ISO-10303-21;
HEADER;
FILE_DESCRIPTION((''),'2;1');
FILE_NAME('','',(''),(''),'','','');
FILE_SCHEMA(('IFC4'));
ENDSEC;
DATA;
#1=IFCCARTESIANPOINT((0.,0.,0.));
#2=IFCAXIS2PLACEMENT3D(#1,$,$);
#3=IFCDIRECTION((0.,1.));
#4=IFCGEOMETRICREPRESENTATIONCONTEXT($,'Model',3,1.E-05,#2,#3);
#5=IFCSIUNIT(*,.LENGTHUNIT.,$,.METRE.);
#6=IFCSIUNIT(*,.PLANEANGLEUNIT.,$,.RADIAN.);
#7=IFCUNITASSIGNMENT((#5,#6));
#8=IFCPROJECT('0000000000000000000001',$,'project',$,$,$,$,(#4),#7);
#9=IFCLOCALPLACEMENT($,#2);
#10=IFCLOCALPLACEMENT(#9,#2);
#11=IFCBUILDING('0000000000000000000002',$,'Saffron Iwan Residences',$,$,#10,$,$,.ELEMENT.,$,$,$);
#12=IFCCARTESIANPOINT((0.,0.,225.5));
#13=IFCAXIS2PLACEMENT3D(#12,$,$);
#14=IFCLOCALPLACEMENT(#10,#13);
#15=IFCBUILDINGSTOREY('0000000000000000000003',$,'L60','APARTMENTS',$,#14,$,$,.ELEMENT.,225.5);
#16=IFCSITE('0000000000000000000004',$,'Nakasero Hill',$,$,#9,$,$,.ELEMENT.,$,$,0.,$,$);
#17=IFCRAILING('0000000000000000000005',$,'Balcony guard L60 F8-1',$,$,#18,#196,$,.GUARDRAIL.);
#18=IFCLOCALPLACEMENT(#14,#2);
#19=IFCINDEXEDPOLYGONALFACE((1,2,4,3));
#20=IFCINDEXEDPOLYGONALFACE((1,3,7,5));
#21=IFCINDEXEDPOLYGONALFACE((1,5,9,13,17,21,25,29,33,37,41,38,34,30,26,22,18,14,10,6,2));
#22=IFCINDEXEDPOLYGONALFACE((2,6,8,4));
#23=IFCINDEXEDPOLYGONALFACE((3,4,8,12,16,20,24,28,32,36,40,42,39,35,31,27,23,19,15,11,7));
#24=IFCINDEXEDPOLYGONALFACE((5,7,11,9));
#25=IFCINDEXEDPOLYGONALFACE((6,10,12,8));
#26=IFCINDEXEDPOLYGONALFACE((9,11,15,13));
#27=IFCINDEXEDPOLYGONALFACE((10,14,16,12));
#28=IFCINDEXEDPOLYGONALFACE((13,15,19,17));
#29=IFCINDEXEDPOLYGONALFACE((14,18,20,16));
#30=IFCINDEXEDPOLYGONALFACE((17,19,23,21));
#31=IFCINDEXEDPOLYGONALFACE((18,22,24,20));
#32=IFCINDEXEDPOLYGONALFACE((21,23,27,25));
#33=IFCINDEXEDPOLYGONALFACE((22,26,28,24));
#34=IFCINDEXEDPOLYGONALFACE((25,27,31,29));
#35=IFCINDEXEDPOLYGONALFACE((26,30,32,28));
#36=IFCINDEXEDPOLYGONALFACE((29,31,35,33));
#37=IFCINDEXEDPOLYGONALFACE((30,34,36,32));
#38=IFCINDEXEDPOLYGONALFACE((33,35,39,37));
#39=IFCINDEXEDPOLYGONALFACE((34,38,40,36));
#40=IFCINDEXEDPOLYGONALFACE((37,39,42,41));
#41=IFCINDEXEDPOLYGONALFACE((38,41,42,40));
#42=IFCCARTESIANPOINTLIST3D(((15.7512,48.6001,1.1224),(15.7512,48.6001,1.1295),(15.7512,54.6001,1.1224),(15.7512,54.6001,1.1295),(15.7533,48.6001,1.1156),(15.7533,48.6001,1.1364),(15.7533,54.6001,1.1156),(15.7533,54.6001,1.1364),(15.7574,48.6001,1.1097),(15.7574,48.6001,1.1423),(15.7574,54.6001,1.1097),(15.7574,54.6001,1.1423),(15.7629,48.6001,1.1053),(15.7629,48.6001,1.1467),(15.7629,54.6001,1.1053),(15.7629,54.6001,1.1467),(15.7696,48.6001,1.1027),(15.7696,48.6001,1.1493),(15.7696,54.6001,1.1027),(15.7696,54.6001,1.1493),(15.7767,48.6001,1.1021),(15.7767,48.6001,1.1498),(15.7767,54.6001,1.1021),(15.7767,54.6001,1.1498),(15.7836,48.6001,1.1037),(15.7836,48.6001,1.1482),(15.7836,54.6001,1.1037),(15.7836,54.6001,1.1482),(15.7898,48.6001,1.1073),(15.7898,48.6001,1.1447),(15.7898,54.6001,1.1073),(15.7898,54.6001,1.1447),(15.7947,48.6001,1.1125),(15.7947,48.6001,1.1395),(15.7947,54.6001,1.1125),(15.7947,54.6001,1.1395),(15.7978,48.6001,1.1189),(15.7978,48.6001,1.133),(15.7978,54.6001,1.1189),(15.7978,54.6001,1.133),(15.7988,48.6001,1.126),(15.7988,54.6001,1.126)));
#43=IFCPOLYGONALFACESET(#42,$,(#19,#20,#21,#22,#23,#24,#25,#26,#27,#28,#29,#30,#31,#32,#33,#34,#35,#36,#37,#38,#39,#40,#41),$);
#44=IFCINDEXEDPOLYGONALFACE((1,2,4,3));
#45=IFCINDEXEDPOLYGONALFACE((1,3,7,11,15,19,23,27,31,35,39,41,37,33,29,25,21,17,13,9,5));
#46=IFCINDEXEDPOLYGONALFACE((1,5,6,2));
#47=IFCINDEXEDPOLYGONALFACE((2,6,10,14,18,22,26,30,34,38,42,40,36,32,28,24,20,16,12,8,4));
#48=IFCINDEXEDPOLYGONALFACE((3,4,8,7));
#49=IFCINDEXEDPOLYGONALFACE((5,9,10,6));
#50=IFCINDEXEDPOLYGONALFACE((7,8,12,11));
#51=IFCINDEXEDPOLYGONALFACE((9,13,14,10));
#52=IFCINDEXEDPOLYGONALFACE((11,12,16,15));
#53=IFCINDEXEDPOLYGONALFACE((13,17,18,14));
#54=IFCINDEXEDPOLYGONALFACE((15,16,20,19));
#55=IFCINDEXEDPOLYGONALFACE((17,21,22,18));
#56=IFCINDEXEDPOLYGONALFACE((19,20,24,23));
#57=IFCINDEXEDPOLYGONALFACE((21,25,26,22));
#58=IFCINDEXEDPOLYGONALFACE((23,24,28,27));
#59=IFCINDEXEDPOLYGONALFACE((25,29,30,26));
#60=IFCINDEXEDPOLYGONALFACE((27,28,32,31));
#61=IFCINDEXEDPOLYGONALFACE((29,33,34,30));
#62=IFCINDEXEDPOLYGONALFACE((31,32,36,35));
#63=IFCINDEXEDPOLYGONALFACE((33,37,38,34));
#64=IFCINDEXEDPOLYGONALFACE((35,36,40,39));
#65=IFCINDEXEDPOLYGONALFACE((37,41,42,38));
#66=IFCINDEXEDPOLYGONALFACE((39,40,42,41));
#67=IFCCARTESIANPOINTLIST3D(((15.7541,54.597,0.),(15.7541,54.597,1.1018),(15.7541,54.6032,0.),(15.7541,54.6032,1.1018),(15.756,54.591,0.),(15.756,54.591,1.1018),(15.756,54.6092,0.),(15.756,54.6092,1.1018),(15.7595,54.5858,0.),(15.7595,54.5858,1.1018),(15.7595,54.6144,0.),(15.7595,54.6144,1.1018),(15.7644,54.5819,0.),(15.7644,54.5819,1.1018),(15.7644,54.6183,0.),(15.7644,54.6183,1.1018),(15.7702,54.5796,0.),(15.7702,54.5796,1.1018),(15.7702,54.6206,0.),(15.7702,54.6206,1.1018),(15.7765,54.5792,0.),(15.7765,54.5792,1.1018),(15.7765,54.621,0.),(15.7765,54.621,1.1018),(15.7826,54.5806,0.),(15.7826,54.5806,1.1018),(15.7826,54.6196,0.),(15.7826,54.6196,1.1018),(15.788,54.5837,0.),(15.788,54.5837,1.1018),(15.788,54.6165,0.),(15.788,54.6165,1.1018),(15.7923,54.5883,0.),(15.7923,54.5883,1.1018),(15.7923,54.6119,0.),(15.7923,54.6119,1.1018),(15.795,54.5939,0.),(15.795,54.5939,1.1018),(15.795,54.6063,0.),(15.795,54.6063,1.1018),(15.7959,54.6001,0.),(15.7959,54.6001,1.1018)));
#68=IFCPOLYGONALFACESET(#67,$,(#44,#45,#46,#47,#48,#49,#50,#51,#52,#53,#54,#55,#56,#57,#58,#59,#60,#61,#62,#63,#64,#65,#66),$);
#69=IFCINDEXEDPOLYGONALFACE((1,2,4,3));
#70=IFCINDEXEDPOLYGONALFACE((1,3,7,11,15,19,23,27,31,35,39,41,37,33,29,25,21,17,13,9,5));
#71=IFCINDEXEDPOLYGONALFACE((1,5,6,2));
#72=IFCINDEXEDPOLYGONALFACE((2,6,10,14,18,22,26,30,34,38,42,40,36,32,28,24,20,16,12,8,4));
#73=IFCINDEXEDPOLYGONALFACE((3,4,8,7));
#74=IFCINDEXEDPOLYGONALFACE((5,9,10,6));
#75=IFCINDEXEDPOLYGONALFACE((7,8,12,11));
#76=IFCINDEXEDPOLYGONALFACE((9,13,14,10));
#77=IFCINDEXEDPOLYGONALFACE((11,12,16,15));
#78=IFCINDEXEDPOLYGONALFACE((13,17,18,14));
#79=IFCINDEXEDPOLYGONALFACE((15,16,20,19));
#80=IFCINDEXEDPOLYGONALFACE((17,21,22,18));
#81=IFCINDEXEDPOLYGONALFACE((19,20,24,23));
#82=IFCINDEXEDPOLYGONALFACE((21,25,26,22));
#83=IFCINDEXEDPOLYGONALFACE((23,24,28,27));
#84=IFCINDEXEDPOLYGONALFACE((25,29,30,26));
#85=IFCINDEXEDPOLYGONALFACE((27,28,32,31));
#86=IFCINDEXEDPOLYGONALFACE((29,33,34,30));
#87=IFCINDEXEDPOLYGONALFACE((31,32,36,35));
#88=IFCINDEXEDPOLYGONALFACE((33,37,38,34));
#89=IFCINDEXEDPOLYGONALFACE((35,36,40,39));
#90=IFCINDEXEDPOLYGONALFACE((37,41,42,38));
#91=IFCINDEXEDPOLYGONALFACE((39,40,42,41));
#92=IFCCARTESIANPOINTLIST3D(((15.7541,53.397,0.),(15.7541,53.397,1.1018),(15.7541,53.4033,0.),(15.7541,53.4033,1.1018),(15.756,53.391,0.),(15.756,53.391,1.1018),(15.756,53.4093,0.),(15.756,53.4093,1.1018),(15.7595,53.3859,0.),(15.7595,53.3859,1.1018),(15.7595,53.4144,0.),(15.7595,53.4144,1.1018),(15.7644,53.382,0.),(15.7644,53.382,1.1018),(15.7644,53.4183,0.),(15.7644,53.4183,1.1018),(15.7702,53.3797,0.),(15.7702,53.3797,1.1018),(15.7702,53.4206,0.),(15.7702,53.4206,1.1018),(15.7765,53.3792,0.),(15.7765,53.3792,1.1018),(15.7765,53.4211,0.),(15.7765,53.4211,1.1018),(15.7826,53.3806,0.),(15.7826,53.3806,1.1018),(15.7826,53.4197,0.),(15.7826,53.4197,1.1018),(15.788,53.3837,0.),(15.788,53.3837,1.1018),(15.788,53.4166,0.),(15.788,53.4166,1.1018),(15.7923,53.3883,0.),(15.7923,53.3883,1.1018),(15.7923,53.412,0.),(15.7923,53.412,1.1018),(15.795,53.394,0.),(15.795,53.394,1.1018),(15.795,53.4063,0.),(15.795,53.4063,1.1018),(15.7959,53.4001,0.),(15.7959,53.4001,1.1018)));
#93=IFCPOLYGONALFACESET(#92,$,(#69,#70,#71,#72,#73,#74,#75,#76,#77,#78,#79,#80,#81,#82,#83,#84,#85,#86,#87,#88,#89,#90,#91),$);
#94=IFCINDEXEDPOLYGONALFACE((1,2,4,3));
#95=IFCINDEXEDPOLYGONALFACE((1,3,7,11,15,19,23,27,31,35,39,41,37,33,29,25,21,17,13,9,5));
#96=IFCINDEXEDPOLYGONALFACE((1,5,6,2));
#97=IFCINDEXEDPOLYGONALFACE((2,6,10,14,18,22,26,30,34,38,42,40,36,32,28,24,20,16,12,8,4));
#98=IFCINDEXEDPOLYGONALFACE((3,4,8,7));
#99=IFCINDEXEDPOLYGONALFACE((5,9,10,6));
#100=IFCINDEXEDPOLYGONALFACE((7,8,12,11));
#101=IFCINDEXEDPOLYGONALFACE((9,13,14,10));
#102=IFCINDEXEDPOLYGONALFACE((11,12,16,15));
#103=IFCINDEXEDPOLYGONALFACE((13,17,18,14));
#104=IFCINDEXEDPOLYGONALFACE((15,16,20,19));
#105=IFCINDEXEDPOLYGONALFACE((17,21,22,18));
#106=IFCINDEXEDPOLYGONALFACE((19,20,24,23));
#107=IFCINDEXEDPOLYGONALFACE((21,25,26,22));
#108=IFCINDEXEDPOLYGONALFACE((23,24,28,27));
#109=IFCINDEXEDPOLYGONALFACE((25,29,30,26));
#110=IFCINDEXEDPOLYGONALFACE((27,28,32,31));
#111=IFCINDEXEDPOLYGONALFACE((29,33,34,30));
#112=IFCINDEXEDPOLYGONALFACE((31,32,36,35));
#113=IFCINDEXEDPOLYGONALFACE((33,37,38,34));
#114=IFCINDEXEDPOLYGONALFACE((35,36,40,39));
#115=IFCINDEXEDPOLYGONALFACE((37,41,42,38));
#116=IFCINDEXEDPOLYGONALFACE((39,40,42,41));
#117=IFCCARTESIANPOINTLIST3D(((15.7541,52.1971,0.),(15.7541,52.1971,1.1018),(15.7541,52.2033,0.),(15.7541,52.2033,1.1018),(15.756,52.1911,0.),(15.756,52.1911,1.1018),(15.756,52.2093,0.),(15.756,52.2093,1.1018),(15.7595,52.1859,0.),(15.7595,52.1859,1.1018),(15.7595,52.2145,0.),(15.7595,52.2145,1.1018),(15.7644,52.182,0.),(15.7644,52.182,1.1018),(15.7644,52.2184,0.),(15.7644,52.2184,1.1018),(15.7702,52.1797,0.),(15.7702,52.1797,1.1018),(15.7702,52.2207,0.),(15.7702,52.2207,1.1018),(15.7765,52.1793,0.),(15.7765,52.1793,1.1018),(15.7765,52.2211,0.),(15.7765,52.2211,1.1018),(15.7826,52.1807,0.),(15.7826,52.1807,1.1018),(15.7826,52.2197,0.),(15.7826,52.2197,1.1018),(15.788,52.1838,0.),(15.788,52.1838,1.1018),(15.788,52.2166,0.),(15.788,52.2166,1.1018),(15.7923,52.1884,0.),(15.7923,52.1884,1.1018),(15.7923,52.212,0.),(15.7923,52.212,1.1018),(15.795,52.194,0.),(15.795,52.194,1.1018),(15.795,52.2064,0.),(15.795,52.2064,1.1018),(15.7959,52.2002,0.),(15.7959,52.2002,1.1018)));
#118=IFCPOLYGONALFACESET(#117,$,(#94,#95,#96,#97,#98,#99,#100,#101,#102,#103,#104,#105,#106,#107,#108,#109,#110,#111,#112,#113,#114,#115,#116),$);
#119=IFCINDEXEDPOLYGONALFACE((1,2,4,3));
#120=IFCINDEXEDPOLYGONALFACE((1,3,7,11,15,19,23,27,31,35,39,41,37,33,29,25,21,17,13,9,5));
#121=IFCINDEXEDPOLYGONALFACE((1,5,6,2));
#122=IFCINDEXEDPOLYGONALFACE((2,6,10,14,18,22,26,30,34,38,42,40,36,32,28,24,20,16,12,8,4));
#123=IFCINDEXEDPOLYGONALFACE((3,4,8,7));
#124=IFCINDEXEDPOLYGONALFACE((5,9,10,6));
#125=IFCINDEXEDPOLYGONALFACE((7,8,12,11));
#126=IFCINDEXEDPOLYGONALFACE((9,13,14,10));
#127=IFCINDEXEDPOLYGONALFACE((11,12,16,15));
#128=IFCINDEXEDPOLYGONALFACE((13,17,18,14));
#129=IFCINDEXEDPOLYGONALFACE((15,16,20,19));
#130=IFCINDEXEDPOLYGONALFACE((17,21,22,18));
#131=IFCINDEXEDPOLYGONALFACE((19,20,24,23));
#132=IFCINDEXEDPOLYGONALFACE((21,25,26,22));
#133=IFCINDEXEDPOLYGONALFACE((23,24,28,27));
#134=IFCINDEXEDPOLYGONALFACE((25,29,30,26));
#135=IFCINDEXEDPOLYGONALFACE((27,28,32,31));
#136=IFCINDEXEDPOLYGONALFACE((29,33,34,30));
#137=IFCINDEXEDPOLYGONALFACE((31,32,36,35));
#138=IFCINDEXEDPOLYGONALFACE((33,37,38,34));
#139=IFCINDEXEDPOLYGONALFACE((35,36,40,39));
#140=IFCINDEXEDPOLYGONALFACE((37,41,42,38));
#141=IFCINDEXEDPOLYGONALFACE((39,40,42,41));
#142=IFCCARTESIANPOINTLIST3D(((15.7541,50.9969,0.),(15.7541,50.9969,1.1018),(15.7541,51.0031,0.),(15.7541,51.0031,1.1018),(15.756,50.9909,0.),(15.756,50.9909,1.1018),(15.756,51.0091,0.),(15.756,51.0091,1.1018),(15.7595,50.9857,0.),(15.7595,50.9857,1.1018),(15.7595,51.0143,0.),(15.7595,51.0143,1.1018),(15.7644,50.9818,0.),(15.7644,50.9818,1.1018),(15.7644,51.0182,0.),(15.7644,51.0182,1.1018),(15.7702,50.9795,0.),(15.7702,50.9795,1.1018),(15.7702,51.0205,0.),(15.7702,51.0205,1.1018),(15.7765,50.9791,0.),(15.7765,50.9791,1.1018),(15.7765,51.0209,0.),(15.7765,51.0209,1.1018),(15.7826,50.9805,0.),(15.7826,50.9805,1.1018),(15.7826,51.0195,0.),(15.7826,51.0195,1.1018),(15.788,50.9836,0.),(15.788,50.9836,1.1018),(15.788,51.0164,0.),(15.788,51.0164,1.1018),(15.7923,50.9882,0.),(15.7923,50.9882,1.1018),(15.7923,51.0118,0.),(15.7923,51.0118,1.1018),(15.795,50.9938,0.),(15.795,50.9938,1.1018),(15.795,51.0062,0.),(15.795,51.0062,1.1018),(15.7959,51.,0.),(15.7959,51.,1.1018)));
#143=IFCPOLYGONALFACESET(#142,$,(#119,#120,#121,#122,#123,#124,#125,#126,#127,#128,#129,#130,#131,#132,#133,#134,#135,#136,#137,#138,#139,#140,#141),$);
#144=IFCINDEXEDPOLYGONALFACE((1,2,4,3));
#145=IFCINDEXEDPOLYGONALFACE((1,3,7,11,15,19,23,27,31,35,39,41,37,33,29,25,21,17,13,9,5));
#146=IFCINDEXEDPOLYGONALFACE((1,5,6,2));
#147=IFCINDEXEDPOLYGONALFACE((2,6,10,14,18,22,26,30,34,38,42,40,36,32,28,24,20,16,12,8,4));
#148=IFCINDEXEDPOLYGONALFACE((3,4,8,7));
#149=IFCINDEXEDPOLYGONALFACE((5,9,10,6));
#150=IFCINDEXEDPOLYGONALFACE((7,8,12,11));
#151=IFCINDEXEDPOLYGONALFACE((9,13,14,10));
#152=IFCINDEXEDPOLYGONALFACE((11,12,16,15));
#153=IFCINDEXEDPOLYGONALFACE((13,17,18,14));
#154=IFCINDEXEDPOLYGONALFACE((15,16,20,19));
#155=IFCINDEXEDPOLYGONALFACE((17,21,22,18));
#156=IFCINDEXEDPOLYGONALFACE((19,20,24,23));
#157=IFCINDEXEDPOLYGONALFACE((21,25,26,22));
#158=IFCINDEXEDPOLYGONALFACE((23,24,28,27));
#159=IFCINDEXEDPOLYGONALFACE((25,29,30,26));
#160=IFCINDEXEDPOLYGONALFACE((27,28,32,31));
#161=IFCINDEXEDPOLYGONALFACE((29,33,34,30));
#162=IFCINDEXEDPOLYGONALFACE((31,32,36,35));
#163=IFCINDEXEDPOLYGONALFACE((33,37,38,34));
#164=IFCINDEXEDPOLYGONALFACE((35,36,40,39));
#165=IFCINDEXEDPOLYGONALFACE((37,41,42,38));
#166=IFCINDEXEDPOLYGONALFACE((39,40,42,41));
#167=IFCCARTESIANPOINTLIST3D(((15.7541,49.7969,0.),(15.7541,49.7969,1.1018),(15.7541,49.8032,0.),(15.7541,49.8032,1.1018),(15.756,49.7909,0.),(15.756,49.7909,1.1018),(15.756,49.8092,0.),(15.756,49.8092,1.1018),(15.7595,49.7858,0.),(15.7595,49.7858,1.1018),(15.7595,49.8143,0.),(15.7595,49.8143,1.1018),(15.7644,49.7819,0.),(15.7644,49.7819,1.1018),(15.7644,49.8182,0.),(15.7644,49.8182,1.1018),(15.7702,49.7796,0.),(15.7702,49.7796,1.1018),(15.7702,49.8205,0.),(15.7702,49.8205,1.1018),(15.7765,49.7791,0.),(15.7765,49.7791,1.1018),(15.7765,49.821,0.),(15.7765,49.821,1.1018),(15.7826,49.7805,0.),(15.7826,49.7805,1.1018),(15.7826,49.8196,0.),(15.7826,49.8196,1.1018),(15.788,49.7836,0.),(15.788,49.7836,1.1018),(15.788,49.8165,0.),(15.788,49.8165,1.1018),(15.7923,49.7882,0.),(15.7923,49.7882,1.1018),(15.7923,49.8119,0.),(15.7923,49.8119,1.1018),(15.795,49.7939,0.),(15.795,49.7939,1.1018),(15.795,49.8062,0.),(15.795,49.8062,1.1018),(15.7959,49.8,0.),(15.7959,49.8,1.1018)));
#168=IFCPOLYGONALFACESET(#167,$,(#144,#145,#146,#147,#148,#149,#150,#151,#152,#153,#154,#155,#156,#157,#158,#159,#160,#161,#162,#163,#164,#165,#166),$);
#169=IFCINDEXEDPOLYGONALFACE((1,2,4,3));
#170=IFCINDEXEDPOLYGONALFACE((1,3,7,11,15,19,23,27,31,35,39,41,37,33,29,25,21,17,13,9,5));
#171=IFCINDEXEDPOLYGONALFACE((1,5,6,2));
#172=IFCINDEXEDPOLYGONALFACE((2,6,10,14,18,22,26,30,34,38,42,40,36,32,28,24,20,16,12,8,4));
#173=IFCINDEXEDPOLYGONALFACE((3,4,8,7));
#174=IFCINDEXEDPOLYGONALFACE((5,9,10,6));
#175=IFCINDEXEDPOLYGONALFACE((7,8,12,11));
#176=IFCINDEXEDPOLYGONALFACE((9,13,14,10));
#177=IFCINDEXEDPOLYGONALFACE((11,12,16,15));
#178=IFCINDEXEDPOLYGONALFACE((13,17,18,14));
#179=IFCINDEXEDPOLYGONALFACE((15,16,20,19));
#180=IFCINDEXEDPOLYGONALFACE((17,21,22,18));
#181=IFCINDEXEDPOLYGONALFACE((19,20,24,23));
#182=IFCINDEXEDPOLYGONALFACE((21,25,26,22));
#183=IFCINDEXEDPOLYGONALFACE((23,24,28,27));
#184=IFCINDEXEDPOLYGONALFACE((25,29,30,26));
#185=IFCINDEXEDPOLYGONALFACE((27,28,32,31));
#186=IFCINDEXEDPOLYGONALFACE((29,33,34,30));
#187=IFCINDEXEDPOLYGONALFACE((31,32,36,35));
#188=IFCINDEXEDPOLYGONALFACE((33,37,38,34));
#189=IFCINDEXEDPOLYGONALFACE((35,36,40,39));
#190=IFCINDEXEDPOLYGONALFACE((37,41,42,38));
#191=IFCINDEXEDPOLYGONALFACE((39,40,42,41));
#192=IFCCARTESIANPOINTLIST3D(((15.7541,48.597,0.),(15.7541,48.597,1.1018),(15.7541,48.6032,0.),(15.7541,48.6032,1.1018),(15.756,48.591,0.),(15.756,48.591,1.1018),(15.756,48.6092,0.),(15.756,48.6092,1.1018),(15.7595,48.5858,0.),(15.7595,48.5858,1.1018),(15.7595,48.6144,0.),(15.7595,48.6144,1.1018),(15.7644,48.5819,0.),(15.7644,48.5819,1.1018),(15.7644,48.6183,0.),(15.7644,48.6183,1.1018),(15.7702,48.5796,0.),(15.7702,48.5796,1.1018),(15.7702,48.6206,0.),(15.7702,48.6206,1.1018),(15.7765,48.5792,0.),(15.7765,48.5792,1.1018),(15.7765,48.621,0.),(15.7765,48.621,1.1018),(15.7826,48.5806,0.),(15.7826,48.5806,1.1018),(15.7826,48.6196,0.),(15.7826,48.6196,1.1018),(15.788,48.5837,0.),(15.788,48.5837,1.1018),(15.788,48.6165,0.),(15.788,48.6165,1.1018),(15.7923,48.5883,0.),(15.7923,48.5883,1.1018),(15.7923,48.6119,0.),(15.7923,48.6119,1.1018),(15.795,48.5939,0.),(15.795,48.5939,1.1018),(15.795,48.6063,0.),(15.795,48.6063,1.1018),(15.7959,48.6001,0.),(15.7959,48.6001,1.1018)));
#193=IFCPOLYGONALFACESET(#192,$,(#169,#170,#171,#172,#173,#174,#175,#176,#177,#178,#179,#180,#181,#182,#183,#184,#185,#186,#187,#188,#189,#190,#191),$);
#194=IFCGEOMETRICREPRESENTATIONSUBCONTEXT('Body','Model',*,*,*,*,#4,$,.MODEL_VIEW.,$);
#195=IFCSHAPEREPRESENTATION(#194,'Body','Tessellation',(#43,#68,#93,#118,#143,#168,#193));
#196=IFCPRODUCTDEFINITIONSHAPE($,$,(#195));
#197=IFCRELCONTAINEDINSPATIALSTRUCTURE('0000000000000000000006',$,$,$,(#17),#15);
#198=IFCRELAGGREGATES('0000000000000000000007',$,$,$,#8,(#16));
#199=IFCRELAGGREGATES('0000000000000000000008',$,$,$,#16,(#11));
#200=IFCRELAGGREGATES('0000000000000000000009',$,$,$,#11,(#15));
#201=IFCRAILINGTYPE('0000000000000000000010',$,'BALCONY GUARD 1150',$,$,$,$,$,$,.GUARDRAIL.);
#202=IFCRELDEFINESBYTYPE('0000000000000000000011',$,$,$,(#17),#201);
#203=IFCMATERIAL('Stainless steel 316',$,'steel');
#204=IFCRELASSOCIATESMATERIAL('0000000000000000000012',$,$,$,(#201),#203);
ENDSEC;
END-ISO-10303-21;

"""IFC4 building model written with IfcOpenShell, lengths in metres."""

from ifc_helpers import new_model, si_unit, direction, frame, origin, origin_2d, place, context, subcontext, project, spatial, circle, extrude, material, type_object, element, save


model = new_model("IFC4")

# Units and contexts
model_context = context("Model", 3, precision=1e-05, world=origin(), true_north=direction((0.0, 1.0)))
body_context = subcontext(model_context, "Body", "Model", "MODEL_VIEW")
ifc_project = project(units=[si_unit("LENGTHUNIT", "METRE"), si_unit("PLANEANGLEUNIT", "RADIAN")], contexts=[model_context])

# Site, building, storey
site_placement = place(None, origin())
site = spatial("IfcSite", under=ifc_project, at=site_placement, Name="Nakasero Hill", CompositionType="ELEMENT", RefElevation=0.0)
building_placement = place(site_placement, origin())
building = spatial("IfcBuilding", under=site, at=building_placement, Name="Saffron Iwan Residences", CompositionType="ELEMENT")
storey_placement = place(building_placement, frame((0.0, 0.0, 225.5)))
storey = spatial("IfcBuildingStorey", under=building, at=storey_placement, Name="L60", Description="APARTMENTS", CompositionType="ELEMENT", Elevation=225.5)

# Railing
ifc_material_1 = material(Name="Stainless steel 316", Category="steel")
railing_type = type_object("IfcRailingType", Name="BALCONY GUARD 1150", PredefinedType="GUARDRAIL", material=ifc_material_1)
railing_placement = place(storey_placement, frame((15.7749, 54.6001, 0.0)))
element("IfcRailing", 1, at=railing_placement, inside=storey, type_object=railing_type, Name="Balcony guard L60 F8-1", PredefinedType="GUARDRAIL", context=body_context, shape_type="SweptSolid", body=[
    extrude(circle(Radius=0.0239, at=origin_2d()), frame((0.0, 0.0, 1.126), z_axis=(0.0, -1.0, 0.0), x_axis=(1.0, 0.0, 0.0)), (0.0, 0.0, 1.0), 6.0),
    extrude(circle(Radius=0.021, at=origin_2d()), origin(), (0.0, 0.0, 1.0), 1.1018),
    extrude(circle(Radius=0.021, at=origin_2d()), frame((0.0, -1.2, 0.0)), (0.0, 0.0, 1.0), 1.1018),
    extrude(circle(Radius=0.021, at=origin_2d()), frame((0.0, -2.3999, 0.0)), (0.0, 0.0, 1.0), 1.1018),
    extrude(circle(Radius=0.021, at=origin_2d()), frame((0.0, -3.6001, 0.0)), (0.0, 0.0, 1.0), 1.1018),
    extrude(circle(Radius=0.021, at=origin_2d()), frame((0.0, -4.8, 0.0)), (0.0, 0.0, 1.0), 1.1018),
    extrude(circle(Radius=0.021, at=origin_2d()), frame((0.0, -6.0, 0.0)), (0.0, 0.0, 1.0), 1.1018),
])

save(model, "model.ifc")
